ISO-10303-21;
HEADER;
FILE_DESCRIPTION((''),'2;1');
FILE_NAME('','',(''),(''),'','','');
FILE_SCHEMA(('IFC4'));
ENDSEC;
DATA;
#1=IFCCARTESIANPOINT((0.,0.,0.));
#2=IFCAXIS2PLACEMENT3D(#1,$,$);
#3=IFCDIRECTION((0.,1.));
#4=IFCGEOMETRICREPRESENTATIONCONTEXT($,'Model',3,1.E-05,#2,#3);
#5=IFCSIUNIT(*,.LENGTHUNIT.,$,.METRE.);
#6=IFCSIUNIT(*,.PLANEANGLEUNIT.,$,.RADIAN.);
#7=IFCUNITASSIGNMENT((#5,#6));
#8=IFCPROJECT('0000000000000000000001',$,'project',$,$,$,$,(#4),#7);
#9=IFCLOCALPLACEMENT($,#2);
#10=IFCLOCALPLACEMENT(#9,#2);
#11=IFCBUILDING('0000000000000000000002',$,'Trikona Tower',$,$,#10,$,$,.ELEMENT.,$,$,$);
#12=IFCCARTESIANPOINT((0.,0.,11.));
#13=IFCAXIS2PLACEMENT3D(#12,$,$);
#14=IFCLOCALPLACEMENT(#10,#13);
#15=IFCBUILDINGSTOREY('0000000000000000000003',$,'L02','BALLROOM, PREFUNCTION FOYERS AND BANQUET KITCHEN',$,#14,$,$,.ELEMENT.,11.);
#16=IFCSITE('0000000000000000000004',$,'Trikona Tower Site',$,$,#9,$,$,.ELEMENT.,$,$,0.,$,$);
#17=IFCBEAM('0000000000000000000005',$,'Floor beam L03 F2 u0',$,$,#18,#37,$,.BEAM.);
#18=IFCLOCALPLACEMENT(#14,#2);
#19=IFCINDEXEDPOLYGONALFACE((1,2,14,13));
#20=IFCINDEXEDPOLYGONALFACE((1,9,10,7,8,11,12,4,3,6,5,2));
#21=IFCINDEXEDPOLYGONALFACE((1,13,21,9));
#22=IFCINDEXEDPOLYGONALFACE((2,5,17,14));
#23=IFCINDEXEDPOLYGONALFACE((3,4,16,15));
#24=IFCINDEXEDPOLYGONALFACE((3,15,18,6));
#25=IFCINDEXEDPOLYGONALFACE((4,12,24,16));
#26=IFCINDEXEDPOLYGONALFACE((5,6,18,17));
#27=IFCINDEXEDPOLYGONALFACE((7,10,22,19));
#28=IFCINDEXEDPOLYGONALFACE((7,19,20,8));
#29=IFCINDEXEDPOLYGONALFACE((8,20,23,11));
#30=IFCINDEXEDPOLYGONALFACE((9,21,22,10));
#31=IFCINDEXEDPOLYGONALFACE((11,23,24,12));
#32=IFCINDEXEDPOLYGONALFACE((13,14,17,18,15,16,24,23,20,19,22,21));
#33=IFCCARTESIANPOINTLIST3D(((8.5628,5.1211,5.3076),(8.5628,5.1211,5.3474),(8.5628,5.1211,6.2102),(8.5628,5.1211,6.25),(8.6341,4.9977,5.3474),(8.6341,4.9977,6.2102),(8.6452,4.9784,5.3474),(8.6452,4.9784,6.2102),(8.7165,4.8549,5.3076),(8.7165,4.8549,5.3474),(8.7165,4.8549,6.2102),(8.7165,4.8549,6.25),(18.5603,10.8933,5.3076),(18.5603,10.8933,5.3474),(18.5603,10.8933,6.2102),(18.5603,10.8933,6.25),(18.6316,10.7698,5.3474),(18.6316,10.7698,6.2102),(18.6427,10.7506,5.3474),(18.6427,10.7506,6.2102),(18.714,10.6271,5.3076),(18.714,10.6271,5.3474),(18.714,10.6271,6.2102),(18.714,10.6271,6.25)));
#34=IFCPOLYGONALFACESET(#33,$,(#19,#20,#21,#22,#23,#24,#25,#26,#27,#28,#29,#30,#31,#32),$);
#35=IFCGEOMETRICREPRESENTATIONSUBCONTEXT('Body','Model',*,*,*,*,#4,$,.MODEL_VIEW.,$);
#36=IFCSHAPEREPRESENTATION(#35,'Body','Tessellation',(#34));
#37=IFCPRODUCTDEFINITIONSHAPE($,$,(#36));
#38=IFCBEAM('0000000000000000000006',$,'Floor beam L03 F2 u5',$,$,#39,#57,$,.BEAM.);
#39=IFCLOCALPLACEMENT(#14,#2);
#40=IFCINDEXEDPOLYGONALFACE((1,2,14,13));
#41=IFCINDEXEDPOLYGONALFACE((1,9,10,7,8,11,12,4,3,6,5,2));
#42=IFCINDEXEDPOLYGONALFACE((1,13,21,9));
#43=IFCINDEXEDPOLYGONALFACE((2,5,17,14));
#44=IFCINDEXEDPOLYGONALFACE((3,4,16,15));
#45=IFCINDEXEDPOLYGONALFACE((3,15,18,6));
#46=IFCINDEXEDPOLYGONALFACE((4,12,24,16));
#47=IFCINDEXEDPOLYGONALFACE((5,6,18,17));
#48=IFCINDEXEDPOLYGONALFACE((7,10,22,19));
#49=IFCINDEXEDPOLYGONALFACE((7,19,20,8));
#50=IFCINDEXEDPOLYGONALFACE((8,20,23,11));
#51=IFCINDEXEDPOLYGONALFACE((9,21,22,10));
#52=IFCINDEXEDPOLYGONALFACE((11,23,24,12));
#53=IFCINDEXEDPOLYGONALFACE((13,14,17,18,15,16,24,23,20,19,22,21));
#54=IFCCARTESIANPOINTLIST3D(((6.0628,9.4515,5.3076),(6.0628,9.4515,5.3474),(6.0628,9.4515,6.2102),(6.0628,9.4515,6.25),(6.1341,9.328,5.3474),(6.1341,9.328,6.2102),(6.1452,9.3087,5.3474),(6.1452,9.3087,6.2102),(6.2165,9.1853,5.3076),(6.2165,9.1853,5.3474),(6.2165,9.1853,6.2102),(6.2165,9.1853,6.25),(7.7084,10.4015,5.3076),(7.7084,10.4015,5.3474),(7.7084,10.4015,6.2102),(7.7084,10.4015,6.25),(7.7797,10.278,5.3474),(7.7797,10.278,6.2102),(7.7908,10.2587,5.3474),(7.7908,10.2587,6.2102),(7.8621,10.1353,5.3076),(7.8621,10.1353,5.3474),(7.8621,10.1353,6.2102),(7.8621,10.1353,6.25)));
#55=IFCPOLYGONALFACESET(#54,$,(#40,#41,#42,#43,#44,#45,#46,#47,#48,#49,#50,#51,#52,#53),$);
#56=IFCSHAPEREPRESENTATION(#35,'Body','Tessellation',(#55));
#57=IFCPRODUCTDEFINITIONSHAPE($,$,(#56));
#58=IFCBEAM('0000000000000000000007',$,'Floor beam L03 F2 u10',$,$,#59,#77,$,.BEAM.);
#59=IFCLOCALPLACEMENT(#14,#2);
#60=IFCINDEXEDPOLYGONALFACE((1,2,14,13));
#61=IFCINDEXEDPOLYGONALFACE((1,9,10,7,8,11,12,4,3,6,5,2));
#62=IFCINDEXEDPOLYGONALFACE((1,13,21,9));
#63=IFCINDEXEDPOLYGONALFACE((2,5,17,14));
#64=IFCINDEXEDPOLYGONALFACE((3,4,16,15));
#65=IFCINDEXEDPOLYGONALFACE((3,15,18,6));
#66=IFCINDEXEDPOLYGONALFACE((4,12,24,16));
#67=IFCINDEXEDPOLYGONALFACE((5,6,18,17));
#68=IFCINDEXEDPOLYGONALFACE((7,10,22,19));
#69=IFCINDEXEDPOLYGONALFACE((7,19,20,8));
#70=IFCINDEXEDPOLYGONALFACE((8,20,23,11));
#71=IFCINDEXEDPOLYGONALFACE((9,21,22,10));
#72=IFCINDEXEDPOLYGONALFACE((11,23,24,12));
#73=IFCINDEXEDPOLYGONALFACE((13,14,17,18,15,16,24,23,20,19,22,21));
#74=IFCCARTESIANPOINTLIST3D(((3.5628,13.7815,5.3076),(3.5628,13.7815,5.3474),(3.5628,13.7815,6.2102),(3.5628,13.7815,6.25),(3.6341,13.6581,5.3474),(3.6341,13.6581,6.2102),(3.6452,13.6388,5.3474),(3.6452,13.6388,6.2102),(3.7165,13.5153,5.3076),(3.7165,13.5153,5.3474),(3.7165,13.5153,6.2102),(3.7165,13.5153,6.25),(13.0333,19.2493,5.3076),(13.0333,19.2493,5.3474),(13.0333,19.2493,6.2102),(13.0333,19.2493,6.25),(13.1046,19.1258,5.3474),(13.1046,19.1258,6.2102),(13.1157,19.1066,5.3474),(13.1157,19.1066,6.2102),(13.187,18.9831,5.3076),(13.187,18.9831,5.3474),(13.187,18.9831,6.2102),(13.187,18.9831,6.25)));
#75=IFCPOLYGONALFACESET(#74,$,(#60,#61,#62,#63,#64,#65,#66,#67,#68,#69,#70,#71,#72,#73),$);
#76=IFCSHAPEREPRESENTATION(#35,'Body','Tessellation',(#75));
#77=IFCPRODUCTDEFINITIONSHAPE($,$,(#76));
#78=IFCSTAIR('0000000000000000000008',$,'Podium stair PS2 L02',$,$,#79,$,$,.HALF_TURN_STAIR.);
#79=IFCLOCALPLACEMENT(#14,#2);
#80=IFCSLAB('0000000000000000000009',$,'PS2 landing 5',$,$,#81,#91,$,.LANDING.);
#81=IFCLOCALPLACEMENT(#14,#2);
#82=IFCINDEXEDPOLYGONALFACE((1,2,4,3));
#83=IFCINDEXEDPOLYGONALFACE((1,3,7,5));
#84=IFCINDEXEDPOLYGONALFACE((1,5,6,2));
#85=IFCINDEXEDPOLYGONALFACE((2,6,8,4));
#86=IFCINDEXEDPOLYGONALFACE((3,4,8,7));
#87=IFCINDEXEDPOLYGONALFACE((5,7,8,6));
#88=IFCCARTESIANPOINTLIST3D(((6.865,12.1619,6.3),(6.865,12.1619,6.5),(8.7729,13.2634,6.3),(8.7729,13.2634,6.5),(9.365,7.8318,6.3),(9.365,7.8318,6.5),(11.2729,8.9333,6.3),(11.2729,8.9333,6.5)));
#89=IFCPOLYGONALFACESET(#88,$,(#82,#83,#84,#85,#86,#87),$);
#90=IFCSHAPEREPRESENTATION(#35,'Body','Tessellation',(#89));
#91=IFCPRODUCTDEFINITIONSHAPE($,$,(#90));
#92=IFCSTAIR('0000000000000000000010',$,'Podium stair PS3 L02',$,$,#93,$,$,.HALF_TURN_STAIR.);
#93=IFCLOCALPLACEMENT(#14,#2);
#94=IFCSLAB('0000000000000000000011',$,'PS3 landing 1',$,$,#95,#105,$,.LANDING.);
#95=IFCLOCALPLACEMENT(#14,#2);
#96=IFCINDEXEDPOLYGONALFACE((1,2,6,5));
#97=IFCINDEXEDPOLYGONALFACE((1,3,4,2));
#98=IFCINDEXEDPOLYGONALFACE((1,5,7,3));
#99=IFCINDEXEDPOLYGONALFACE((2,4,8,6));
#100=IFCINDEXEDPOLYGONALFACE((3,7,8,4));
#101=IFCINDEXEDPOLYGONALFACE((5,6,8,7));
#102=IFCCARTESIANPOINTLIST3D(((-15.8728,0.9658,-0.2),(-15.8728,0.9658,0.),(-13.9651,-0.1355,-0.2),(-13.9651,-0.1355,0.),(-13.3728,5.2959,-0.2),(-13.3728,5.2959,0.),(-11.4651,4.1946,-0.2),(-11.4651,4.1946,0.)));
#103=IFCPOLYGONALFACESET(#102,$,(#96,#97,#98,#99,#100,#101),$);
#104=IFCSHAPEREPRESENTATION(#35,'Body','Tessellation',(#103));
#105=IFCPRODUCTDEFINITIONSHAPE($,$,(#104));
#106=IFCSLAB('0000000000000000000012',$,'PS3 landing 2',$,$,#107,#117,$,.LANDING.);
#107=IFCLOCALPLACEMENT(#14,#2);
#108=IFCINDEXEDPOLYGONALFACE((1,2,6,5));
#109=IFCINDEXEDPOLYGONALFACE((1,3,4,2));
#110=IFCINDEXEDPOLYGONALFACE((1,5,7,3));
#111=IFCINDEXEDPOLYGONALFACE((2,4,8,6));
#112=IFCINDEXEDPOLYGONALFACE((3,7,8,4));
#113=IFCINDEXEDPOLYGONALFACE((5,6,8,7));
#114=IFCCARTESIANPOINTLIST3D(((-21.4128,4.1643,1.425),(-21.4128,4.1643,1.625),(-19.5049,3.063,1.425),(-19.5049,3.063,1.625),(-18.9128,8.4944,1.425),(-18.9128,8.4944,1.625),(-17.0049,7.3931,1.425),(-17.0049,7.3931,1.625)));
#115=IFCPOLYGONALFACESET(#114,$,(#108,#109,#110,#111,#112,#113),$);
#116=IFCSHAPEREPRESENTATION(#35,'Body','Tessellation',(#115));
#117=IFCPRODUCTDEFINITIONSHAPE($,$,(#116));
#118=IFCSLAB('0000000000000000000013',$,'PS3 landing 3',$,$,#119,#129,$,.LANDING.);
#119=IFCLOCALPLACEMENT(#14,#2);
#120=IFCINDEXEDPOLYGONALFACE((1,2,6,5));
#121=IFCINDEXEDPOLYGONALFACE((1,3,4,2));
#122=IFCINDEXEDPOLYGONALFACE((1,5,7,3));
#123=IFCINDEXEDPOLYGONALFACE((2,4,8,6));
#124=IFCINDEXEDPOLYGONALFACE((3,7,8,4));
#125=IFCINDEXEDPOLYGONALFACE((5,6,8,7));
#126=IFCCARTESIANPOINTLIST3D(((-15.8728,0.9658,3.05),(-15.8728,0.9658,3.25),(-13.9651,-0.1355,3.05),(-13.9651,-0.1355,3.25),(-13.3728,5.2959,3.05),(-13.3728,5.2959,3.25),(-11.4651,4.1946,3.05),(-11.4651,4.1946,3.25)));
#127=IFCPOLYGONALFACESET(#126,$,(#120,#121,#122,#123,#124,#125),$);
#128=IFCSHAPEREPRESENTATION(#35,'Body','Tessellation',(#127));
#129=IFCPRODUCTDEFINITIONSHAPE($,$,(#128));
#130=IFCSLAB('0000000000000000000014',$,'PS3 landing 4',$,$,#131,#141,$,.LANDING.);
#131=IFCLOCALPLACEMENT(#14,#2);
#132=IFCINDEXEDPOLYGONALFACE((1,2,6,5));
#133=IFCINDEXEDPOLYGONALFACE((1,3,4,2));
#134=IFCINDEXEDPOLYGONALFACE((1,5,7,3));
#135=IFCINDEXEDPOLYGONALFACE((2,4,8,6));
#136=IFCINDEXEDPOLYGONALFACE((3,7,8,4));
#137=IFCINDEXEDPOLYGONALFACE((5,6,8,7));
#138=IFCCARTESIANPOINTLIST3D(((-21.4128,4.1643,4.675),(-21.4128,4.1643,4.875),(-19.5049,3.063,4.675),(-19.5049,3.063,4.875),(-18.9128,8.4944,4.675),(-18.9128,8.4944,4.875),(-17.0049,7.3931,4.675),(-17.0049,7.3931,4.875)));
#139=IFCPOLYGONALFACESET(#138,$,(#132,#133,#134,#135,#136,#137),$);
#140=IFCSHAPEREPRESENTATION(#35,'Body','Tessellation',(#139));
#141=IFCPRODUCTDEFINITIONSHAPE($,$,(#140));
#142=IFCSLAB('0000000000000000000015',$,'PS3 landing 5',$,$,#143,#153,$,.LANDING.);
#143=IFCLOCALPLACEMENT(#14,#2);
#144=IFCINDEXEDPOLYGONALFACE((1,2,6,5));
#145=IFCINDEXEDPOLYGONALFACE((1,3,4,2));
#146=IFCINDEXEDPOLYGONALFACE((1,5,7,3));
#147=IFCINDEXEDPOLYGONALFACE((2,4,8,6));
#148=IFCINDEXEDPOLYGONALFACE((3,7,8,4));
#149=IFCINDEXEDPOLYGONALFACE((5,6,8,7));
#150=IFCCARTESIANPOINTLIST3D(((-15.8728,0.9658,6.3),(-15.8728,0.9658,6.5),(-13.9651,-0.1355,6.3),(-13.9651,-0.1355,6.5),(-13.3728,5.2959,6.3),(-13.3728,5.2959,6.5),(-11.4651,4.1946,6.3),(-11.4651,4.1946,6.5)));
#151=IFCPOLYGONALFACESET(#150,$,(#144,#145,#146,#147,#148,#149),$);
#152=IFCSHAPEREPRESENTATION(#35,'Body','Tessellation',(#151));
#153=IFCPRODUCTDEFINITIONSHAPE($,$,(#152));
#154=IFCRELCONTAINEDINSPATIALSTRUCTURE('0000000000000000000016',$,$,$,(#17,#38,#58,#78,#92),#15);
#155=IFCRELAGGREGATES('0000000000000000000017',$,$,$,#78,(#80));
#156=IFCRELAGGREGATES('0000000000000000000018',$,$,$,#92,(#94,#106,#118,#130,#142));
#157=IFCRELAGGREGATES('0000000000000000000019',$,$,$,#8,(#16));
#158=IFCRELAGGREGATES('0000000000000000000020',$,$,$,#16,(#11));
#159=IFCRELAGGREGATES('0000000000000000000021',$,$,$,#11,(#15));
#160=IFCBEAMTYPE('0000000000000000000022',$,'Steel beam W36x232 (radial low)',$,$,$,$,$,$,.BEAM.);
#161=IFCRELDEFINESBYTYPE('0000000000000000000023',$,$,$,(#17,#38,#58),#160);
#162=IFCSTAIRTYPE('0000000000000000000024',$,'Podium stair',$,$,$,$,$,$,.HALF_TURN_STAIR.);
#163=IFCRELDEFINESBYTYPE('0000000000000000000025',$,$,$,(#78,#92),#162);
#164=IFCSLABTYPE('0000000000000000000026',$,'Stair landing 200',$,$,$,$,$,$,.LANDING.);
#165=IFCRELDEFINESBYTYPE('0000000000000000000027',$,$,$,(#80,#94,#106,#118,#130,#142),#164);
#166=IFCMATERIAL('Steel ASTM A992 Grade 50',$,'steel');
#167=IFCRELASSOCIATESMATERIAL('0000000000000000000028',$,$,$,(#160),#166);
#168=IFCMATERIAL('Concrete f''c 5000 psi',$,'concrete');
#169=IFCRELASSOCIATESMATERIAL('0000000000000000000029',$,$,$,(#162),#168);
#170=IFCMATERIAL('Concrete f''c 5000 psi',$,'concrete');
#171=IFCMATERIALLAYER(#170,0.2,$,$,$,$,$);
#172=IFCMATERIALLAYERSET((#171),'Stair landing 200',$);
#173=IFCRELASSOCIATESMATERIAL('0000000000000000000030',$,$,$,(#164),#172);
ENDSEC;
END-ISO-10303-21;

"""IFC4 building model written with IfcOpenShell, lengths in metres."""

from ifc_helpers import new_model, si_unit, direction, frame, origin, origin_2d, place, context, subcontext, project, spatial, polyline, i_section, outline, extrude, material, layer, layer_set, material_profile, profile_set, type_object, element, aggregate, save


model = new_model("IFC4")

# Units and contexts
model_context = context("Model", 3, precision=1e-05, world=origin(), true_north=direction((0.0, 1.0)))
body_context = subcontext(model_context, "Body", "Model", "MODEL_VIEW")
ifc_project = project(units=[si_unit("LENGTHUNIT", "METRE"), si_unit("PLANEANGLEUNIT", "RADIAN")], contexts=[model_context])

# Site, building, storey
site_placement = place(None, origin())
site = spatial("IfcSite", under=ifc_project, at=site_placement, Name="Trikona Tower Site", CompositionType="ELEMENT", RefElevation=0.0)
building_placement = place(site_placement, origin())
building = spatial("IfcBuilding", under=site, at=building_placement, Name="Trikona Tower", CompositionType="ELEMENT")
storey_placement = place(building_placement, frame((0.0, 0.0, 11.0)))
storey = spatial("IfcBuildingStorey", under=building, at=storey_placement, Name="L02", Description="BALLROOM, PREFUNCTION FOYERS AND BANQUET KITCHEN", CompositionType="ELEMENT", Elevation=11.0)

# Beams
ifc_material_1 = material(Name="Steel ASTM A992 Grade 50", Category="steel")
ifc_material_profile = material_profile(ifc_material_1, i_section(OverallWidth=0.3074, OverallDepth=0.9424, WebThickness=0.0222, FlangeThickness=0.0398, at=origin_2d()), Name="W36X232")
ifc_profile_set = profile_set([ifc_material_profile], Name="Steel ASTM A992 Grade 50")
beam_type = type_object("IfcBeamType", Name="Steel beam W36x232 (radial low)", PredefinedType="BEAM", material=ifc_profile_set)
beam_1_placement = place(storey_placement, frame((8.6396, 4.988, 5.7788), z_axis=(0.866021, 0.500008, 0.0), x_axis=(-0.500008, 0.866021, 0.0)))
element("IfcBeam", 1, at=beam_1_placement, inside=storey, type_object=beam_type, Name="Floor beam L03 F2 u0", PredefinedType="BEAM", context=body_context, shape_type="SweptSolid", body=[
    extrude(i_section(OverallWidth=0.3074, OverallDepth=0.9424, WebThickness=0.0222, FlangeThickness=0.0398, at=origin_2d()), origin(), (0.0, 0.0, 1.0), 11.5442),
])
beam_2_placement = place(storey_placement, frame((6.1396, 9.3184, 5.7788), z_axis=(0.866044, 0.499967, 0.0), x_axis=(-0.499967, 0.866044, 0.0)))
element("IfcBeam", 2, at=beam_2_placement, inside=storey, type_object=beam_type, Name="Floor beam L03 F2 u5", PredefinedType="BEAM", context=body_context, shape_type="SweptSolid", body=[
    extrude(i_section(OverallWidth=0.3074, OverallDepth=0.9424, WebThickness=0.0222, FlangeThickness=0.0398, at=origin_2d()), origin(), (0.0, 0.0, 1.0), 1.9001),
])
beam_3_placement = place(storey_placement, frame((3.6396, 13.6484, 5.7788), z_axis=(0.866025, 0.5, 0.0), x_axis=(-0.5, 0.866025, 0.0)))
element("IfcBeam", 3, at=beam_3_placement, inside=storey, type_object=beam_type, Name="Floor beam L03 F2 u10", PredefinedType="BEAM", context=body_context, shape_type="SweptSolid", body=[
    extrude(i_section(OverallWidth=0.3074, OverallDepth=0.9424, WebThickness=0.0222, FlangeThickness=0.0398, at=origin_2d()), origin(), (0.0, 0.0, 1.0), 10.9355),
])

# Stair, slab
ifc_material_2 = material(Name="Concrete f'c 5000 psi", Category="concrete")
stair_type = type_object("IfcStairType", Name="Podium stair", PredefinedType="HALF_TURN_STAIR", material=ifc_material_2)
stair_1_placement = place(storey_placement, origin())
stair_1 = element("IfcStair", 4, at=stair_1_placement, inside=storey, type_object=stair_type, Name="Podium stair PS2 L02", PredefinedType="HALF_TURN_STAIR")
ifc_material_3 = material(Name="Concrete f'c 5000 psi", Category="concrete")
ifc_layer_1 = layer(ifc_material_3, 0.2)
ifc_layer_set_1 = layer_set([ifc_layer_1], Name="Stair landing 200")
slab_type = type_object("IfcSlabType", Name="Stair landing 200", PredefinedType="LANDING", material=ifc_layer_set_1)
slab_1_placement = place(storey_placement, frame((0.0, 0.0, 6.3)))
slab_1 = element("IfcSlab", 5, at=slab_1_placement, type_object=slab_type, Name="PS2 landing 5", PredefinedType="LANDING", context=body_context, shape_type="SweptSolid", body=[
    extrude(outline(polyline([(9.365, 7.8318), (6.865, 12.1619), (8.7729, 13.2634), (11.2729, 8.9333), (9.365, 7.8318)])), origin(), (0.0, 0.0, 1.0), 0.2),
])
aggregate(stair_1, [slab_1])

# Stair, slabs
stair_2_placement = place(storey_placement, origin())
stair_2 = element("IfcStair", 6, at=stair_2_placement, inside=storey, type_object=stair_type, Name="Podium stair PS3 L02", PredefinedType="HALF_TURN_STAIR")
slab_2_placement = place(storey_placement, frame((0.0, 0.0, -0.2)))
slab_2 = element("IfcSlab", 7, at=slab_2_placement, type_object=slab_type, Name="PS3 landing 1", PredefinedType="LANDING", context=body_context, shape_type="SweptSolid", body=[
    extrude(outline(polyline([(-11.4651, 4.1946), (-13.9651, -0.1355), (-15.8728, 0.9658), (-13.3728, 5.2959), (-11.4651, 4.1946)])), origin(), (0.0, 0.0, 1.0), 0.2),
])
slab_3_placement = place(storey_placement, frame((0.0, 0.0, 1.425)))
slab_3 = element("IfcSlab", 8, at=slab_3_placement, type_object=slab_type, Name="PS3 landing 2", PredefinedType="LANDING", context=body_context, shape_type="SweptSolid", body=[
    extrude(outline(polyline([(-17.0049, 7.3931), (-19.5049, 3.063), (-21.4128, 4.1643), (-18.9128, 8.4944), (-17.0049, 7.3931)])), origin(), (0.0, 0.0, 1.0), 0.2),
])
slab_4_placement = place(storey_placement, frame((0.0, 0.0, 3.05)))
slab_4 = element("IfcSlab", 9, at=slab_4_placement, type_object=slab_type, Name="PS3 landing 3", PredefinedType="LANDING", context=body_context, shape_type="SweptSolid", body=[
    extrude(outline(polyline([(-11.4651, 4.1946), (-13.9651, -0.1355), (-15.8728, 0.9658), (-13.3728, 5.2959), (-11.4651, 4.1946)])), origin(), (0.0, 0.0, 1.0), 0.2),
])
slab_5_placement = place(storey_placement, frame((0.0, 0.0, 4.675)))
slab_5 = element("IfcSlab", 10, at=slab_5_placement, type_object=slab_type, Name="PS3 landing 4", PredefinedType="LANDING", context=body_context, shape_type="SweptSolid", body=[
    extrude(outline(polyline([(-17.0049, 7.3931), (-19.5049, 3.063), (-21.4128, 4.1643), (-18.9128, 8.4944), (-17.0049, 7.3931)])), origin(), (0.0, 0.0, 1.0), 0.2),
])
slab_6_placement = place(storey_placement, frame((0.0, 0.0, 6.3)))
slab_6 = element("IfcSlab", 11, at=slab_6_placement, type_object=slab_type, Name="PS3 landing 5", PredefinedType="LANDING", context=body_context, shape_type="SweptSolid", body=[
    extrude(outline(polyline([(-11.4651, 4.1946), (-13.9651, -0.1355), (-15.8728, 0.9658), (-13.3728, 5.2959), (-11.4651, 4.1946)])), origin(), (0.0, 0.0, 1.0), 0.2),
])
aggregate(stair_2, [slab_2, slab_3, slab_4, slab_5, slab_6])

save(model, "model.ifc")
